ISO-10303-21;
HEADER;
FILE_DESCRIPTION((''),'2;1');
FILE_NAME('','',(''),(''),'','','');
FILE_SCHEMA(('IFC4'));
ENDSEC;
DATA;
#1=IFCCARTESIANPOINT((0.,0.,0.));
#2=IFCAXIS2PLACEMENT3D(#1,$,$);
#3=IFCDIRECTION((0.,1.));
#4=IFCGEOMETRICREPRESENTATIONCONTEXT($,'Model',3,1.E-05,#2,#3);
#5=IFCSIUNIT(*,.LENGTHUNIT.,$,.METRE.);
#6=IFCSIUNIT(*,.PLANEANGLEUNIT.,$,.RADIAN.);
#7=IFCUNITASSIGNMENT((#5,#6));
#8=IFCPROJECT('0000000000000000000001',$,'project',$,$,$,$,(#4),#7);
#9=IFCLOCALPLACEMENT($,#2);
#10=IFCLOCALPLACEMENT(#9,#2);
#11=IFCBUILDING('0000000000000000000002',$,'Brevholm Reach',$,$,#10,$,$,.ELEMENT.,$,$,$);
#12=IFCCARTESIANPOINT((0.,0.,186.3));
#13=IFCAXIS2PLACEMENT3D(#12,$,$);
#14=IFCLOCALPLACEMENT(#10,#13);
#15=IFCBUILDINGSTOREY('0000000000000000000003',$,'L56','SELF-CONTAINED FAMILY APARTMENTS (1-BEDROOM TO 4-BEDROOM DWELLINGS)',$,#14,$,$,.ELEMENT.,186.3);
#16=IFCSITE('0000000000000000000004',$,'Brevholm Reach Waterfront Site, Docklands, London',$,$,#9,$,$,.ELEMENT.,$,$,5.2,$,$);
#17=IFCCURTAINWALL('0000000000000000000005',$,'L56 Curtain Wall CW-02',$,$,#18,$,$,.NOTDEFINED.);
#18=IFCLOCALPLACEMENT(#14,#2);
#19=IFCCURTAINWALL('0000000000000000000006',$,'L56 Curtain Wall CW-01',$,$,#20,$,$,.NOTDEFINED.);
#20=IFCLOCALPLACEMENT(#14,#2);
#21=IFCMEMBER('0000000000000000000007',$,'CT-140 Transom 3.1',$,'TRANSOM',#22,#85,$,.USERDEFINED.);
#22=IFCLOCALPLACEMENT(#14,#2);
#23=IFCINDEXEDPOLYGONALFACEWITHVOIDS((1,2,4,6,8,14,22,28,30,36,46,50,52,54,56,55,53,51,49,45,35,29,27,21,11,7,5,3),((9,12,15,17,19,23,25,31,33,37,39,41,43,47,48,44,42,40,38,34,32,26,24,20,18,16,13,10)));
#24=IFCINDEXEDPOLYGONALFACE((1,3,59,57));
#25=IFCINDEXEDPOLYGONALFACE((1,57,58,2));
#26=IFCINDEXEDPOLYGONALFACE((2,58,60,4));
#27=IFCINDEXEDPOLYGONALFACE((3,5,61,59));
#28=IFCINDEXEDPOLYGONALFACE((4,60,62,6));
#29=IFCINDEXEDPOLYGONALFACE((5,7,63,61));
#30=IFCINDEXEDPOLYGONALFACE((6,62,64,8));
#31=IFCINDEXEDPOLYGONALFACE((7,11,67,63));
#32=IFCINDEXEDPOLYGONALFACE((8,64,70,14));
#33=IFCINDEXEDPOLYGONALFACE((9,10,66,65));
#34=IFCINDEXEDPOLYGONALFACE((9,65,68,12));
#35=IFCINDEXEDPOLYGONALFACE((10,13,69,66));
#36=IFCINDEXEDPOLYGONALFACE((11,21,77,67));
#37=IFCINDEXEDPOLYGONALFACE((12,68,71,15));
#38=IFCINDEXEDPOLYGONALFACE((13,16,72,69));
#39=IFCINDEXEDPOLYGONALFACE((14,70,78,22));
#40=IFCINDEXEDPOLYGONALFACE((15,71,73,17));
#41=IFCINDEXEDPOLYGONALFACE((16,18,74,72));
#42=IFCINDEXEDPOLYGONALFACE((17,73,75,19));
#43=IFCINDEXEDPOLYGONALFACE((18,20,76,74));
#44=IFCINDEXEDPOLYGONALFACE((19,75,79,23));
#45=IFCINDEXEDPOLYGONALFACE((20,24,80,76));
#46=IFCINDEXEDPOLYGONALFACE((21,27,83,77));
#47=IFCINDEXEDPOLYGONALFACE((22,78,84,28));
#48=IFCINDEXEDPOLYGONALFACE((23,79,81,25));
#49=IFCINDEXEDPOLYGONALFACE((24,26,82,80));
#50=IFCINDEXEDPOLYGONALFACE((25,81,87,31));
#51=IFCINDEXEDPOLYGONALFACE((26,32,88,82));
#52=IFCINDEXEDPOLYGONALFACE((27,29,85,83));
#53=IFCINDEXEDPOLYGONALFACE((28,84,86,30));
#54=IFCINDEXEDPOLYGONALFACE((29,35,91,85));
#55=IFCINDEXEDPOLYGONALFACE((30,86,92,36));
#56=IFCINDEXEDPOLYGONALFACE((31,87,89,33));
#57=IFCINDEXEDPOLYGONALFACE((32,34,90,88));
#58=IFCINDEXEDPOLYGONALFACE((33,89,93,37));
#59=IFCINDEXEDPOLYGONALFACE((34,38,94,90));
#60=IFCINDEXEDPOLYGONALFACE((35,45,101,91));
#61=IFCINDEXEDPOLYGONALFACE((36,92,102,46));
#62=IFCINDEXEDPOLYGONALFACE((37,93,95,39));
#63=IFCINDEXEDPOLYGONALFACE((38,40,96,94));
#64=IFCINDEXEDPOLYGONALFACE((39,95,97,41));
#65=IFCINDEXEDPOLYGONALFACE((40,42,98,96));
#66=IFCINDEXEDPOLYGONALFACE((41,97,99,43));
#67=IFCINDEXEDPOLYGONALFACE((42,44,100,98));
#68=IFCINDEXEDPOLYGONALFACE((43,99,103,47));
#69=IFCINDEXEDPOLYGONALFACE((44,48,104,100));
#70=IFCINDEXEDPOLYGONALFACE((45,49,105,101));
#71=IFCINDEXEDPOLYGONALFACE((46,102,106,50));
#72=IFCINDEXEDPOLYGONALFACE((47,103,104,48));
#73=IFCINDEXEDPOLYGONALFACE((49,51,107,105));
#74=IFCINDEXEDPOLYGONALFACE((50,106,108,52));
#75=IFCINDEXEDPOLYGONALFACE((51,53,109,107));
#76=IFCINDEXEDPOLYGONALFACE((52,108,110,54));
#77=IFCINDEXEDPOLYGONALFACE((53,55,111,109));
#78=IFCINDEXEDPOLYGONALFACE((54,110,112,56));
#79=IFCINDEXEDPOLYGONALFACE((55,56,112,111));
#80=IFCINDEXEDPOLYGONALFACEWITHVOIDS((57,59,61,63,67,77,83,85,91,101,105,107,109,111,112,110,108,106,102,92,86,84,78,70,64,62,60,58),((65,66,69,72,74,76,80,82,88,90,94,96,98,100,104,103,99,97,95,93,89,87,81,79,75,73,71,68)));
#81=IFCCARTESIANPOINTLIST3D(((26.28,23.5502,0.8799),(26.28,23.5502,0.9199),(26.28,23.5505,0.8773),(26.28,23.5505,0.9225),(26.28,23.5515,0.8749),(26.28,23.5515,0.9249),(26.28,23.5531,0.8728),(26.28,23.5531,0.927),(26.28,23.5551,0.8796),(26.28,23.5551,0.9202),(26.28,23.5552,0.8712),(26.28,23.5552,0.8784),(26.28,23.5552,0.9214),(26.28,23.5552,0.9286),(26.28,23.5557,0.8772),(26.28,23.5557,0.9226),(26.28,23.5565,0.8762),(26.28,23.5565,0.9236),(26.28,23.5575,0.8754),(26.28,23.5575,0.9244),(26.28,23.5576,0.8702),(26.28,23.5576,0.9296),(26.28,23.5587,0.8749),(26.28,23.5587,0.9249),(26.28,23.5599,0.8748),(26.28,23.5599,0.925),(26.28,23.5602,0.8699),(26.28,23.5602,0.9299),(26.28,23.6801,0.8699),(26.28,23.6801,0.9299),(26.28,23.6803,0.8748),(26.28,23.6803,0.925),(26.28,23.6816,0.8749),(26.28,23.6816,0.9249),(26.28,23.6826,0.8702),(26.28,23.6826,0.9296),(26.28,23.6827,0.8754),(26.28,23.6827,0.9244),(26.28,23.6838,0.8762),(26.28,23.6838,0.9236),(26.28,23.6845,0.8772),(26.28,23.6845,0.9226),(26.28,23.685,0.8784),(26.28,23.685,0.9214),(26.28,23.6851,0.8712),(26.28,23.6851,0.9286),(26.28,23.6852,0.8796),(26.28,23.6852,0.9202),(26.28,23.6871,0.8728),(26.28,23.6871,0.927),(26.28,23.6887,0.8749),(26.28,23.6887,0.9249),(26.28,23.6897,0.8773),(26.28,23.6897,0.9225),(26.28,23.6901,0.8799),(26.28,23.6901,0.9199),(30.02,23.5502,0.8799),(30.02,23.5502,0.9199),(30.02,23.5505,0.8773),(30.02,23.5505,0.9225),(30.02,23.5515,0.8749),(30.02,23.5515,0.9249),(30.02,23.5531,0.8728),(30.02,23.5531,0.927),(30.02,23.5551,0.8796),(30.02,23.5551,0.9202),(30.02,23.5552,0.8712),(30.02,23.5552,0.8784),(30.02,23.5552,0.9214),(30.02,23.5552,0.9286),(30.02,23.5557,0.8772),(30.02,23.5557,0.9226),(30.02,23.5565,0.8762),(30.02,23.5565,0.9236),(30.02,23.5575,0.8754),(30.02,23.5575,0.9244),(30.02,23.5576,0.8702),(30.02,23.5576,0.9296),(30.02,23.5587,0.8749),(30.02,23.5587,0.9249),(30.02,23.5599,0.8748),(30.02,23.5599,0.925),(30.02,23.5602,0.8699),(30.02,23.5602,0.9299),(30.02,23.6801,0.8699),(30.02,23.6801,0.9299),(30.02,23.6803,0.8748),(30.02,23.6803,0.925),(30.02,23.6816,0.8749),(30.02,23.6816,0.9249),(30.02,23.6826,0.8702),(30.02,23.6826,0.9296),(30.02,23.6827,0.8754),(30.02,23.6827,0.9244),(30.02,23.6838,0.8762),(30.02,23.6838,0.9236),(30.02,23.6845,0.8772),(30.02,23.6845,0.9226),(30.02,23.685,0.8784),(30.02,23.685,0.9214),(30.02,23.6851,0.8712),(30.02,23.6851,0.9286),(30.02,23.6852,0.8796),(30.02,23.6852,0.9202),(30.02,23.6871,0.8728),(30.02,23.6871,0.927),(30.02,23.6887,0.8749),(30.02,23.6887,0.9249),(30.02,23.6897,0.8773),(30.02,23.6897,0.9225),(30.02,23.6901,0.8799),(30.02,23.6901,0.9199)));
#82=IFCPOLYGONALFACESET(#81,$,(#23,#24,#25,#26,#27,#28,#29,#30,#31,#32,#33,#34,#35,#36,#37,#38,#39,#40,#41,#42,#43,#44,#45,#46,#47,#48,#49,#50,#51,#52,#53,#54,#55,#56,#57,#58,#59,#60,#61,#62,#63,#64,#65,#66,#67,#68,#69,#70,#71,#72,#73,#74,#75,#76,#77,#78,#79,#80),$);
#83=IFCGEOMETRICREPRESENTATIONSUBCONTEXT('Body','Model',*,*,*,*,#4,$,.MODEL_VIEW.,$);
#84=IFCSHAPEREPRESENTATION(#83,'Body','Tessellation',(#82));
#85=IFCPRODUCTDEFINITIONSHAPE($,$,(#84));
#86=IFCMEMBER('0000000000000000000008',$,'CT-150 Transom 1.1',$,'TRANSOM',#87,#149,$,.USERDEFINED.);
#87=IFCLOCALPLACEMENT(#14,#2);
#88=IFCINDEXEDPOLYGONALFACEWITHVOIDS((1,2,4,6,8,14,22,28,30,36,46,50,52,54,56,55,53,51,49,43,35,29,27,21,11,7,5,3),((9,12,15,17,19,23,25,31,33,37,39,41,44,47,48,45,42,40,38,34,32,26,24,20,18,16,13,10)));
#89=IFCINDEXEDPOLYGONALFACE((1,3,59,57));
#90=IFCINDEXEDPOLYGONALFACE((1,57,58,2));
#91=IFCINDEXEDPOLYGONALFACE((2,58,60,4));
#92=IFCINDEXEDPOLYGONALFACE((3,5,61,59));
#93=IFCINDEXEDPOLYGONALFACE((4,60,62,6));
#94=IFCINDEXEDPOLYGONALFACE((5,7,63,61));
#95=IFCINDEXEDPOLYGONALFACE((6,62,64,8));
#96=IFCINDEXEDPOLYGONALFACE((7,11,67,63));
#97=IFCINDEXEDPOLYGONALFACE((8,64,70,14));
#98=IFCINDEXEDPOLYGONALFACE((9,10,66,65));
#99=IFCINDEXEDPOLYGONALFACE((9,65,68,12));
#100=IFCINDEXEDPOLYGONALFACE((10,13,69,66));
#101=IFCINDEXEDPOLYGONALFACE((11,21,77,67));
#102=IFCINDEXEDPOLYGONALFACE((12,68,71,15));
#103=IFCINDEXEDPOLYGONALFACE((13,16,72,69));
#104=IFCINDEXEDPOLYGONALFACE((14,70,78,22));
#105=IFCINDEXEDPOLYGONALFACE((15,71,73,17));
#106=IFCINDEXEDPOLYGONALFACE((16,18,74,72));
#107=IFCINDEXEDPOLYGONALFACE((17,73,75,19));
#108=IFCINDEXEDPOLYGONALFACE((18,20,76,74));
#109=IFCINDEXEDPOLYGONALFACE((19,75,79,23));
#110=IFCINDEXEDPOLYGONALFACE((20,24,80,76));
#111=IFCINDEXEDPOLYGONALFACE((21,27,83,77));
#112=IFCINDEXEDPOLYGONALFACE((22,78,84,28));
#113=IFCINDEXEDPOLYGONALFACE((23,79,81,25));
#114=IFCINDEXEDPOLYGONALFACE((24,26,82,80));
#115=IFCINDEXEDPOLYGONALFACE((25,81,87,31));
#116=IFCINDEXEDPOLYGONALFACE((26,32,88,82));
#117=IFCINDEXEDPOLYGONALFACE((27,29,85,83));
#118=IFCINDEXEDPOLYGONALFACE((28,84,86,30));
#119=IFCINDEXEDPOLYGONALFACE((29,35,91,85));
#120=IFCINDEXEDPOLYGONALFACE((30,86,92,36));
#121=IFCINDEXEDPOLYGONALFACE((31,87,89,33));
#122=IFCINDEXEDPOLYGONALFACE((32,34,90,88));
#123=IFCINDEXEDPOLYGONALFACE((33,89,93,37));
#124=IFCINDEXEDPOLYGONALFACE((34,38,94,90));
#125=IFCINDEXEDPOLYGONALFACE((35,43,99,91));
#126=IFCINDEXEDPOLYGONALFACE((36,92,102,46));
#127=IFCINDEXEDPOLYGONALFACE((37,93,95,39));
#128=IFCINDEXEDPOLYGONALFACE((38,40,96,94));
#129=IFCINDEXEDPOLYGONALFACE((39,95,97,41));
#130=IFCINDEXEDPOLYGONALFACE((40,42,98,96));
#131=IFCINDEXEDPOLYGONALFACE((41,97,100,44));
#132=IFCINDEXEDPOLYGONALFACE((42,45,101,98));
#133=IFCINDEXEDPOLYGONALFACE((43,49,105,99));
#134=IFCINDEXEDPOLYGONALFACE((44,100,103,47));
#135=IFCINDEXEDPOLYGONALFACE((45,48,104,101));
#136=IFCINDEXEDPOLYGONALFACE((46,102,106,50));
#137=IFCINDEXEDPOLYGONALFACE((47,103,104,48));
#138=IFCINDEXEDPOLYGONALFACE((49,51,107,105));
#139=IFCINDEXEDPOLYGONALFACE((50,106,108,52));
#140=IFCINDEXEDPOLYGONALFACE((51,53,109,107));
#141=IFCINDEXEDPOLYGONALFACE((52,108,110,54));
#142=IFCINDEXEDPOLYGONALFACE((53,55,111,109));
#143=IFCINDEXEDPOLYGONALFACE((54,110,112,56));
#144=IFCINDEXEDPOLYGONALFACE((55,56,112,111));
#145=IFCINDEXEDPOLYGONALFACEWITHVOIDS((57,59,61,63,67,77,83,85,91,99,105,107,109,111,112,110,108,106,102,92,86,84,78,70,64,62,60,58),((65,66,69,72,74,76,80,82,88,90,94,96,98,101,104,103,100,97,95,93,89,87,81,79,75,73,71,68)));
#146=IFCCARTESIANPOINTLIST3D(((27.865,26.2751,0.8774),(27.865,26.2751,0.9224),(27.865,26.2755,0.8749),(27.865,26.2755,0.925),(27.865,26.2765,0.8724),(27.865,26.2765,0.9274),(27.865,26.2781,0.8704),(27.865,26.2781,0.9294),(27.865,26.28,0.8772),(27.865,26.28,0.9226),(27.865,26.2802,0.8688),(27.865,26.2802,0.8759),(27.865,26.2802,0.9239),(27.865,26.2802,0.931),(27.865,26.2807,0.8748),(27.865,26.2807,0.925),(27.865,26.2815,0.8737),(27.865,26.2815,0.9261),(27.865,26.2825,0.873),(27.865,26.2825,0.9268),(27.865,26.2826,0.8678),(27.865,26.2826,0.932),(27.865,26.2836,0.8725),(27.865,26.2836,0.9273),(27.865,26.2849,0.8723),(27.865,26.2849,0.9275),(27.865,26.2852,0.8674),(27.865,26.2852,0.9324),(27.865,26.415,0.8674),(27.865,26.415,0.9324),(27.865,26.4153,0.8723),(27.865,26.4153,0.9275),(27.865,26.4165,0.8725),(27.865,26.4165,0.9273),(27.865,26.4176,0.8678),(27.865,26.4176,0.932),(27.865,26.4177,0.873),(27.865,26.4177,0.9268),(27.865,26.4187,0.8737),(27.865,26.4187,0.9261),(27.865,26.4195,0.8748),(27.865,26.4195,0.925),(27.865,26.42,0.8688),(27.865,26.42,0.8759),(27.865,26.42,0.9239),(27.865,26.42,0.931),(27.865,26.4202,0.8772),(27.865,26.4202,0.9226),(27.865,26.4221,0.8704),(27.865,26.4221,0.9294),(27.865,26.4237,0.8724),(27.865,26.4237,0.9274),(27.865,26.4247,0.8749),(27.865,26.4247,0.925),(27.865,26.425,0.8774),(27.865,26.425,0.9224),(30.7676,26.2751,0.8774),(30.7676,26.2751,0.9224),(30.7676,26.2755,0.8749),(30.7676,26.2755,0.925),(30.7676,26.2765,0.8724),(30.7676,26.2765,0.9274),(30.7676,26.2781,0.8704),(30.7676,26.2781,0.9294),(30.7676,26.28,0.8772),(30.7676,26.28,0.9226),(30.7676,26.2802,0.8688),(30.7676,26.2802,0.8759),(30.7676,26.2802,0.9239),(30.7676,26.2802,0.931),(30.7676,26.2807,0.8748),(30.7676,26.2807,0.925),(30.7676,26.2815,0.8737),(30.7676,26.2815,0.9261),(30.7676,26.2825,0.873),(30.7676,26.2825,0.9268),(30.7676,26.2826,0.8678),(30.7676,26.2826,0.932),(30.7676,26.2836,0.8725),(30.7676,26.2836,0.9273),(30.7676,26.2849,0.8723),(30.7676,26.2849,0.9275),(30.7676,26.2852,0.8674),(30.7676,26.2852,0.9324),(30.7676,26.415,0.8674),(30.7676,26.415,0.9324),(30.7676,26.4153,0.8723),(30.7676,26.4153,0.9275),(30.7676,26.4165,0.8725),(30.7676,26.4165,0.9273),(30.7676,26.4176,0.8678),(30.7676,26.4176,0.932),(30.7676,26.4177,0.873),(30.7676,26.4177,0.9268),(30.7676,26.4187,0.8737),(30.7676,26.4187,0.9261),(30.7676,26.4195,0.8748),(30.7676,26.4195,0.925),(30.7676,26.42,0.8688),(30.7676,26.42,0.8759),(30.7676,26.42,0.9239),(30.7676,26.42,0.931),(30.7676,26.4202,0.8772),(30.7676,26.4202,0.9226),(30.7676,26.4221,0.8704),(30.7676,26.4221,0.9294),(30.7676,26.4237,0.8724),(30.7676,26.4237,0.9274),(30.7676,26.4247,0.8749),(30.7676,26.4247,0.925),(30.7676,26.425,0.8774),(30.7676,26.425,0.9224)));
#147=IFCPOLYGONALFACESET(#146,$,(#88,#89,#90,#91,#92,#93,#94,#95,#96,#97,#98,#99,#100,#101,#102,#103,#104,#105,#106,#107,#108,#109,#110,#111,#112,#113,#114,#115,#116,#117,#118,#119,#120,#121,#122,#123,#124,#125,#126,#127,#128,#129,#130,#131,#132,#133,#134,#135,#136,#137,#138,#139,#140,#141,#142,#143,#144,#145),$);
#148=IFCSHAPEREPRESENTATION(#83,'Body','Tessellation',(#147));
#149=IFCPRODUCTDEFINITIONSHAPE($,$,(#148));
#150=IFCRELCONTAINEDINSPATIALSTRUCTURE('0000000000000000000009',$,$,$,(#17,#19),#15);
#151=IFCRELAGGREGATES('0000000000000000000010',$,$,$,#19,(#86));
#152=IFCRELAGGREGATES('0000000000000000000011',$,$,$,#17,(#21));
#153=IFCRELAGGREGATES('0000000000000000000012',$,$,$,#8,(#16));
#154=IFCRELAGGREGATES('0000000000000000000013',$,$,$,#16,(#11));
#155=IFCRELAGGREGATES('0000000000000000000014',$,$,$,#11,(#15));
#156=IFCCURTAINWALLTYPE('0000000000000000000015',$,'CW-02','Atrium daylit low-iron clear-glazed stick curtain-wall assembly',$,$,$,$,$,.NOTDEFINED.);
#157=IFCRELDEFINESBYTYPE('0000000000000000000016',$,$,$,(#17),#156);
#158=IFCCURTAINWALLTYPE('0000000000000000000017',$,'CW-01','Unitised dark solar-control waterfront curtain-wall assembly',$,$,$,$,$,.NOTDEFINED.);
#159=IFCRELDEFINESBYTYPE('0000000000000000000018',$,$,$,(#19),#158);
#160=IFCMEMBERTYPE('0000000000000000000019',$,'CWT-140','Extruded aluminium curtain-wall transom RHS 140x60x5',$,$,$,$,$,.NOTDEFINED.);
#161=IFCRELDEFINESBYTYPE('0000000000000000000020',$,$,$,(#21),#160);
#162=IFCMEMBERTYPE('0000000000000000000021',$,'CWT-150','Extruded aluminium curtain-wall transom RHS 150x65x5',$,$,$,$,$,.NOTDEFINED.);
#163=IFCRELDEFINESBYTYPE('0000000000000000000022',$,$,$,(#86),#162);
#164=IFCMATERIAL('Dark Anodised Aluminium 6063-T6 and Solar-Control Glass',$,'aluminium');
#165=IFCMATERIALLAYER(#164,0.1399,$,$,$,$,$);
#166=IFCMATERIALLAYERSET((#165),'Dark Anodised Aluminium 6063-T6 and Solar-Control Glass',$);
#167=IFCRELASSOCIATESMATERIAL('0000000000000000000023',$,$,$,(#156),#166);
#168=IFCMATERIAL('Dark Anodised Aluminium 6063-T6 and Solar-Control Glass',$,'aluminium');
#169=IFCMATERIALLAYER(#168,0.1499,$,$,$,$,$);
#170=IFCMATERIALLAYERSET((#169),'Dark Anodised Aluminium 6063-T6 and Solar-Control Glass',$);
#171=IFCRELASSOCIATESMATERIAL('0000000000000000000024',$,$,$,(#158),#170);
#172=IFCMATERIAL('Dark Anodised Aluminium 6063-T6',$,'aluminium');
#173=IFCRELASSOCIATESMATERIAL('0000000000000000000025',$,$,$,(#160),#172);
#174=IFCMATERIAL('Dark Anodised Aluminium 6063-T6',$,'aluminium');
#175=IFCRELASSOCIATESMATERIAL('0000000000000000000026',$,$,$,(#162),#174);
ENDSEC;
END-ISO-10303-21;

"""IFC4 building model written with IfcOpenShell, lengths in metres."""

from ifc_helpers import new_model, si_unit, direction, frame, origin, origin_2d, place, context, subcontext, project, spatial, hollow_rectangle, extrude, material, layer, layer_set, material_profile, profile_set, type_object, element, aggregate, save


model = new_model("IFC4")

# Units and contexts
model_context = context("Model", 3, precision=1e-05, world=origin(), true_north=direction((0.0, 1.0)))
body_context = subcontext(model_context, "Body", "Model", "MODEL_VIEW")
ifc_project = project(units=[si_unit("LENGTHUNIT", "METRE"), si_unit("PLANEANGLEUNIT", "RADIAN")], contexts=[model_context])

# Site, building, storey
site_placement = place(None, origin())
site = spatial("IfcSite", under=ifc_project, at=site_placement, Name="Brevholm Reach Waterfront Site, Docklands, London", CompositionType="ELEMENT", RefElevation=5.2)
building_placement = place(site_placement, origin())
building = spatial("IfcBuilding", under=site, at=building_placement, Name="Brevholm Reach", CompositionType="ELEMENT")
storey_placement = place(building_placement, frame((0.0, 0.0, 186.3)))
storey = spatial("IfcBuildingStorey", under=building, at=storey_placement, Name="L56", Description="SELF-CONTAINED FAMILY APARTMENTS (1-BEDROOM TO 4-BEDROOM DWELLINGS)", CompositionType="ELEMENT", Elevation=186.3)

# Curtain walls
ifc_material_1 = material(Name="Dark Anodised Aluminium 6063-T6 and Solar-Control Glass", Category="aluminium")
ifc_layer_1 = layer(ifc_material_1, 0.1399)
ifc_layer_set_1 = layer_set([ifc_layer_1], Name="Dark Anodised Aluminium 6063-T6 and Solar-Control Glass")
curtain_wall_type_1 = type_object("IfcCurtainWallType", Name="CW-02", Description="Atrium daylit low-iron clear-glazed stick curtain-wall assembly", PredefinedType="NOTDEFINED", material=ifc_layer_set_1)
curtain_wall_1_placement = place(storey_placement, origin())
curtain_wall_1 = element("IfcCurtainWall", 1, at=curtain_wall_1_placement, inside=storey, type_object=curtain_wall_type_1, Name="L56 Curtain Wall CW-02", PredefinedType="NOTDEFINED")
ifc_material_2 = material(Name="Dark Anodised Aluminium 6063-T6 and Solar-Control Glass", Category="aluminium")
ifc_layer_2 = layer(ifc_material_2, 0.1499)
ifc_layer_set_2 = layer_set([ifc_layer_2], Name="Dark Anodised Aluminium 6063-T6 and Solar-Control Glass")
curtain_wall_type_2 = type_object("IfcCurtainWallType", Name="CW-01", Description="Unitised dark solar-control waterfront curtain-wall assembly", PredefinedType="NOTDEFINED", material=ifc_layer_set_2)
curtain_wall_2_placement = place(storey_placement, origin())
curtain_wall_2 = element("IfcCurtainWall", 2, at=curtain_wall_2_placement, inside=storey, type_object=curtain_wall_type_2, Name="L56 Curtain Wall CW-01", PredefinedType="NOTDEFINED")

# Members
ifc_material_3 = material(Name="Dark Anodised Aluminium 6063-T6", Category="aluminium")
ifc_material_profile_1 = material_profile(ifc_material_3, hollow_rectangle(XDim=0.0601, YDim=0.1399, WallThickness=0.0049, InnerFilletRadius=0.0049, OuterFilletRadius=0.01, at=origin_2d()), Name="RHS 140x60x5")
ifc_profile_set_1 = profile_set([ifc_material_profile_1], Name="Dark Anodised Aluminium 6063-T6")
member_type_1 = type_object("IfcMemberType", Name="CWT-140", Description="Extruded aluminium curtain-wall transom RHS 140x60x5", PredefinedType="NOTDEFINED", material=ifc_profile_set_1)
member_1_placement = place(storey_placement, frame((30.02, 23.6201, 0.8999), z_axis=(-1.0, 0.0, 0.0), x_axis=(0.0, 0.0, 1.0)))
member_1 = element("IfcMember", 3, at=member_1_placement, type_object=member_type_1, Name="CT-140 Transom 3.1", ObjectType="TRANSOM", PredefinedType="USERDEFINED", context=body_context, shape_type="SweptSolid", body=[
    extrude(hollow_rectangle(XDim=0.0601, YDim=0.1399, WallThickness=0.0049, InnerFilletRadius=0.0049, OuterFilletRadius=0.01, at=origin_2d()), origin(), (0.0, 0.0, 1.0), 3.74),
])
ifc_material_4 = material(Name="Dark Anodised Aluminium 6063-T6", Category="aluminium")
ifc_material_profile_2 = material_profile(ifc_material_4, hollow_rectangle(XDim=0.0649, YDim=0.1499, WallThickness=0.0049, InnerFilletRadius=0.0049, OuterFilletRadius=0.01, at=origin_2d()), Name="RHS 150x65x5")
ifc_profile_set_2 = profile_set([ifc_material_profile_2], Name="Dark Anodised Aluminium 6063-T6")
member_type_2 = type_object("IfcMemberType", Name="CWT-150", Description="Extruded aluminium curtain-wall transom RHS 150x65x5", PredefinedType="NOTDEFINED", material=ifc_profile_set_2)
member_2_placement = place(storey_placement, frame((27.865, 26.3501, 0.8999), z_axis=(1.0, 0.0, 0.0), x_axis=(0.0, 0.0, 1.0)))
member_2 = element("IfcMember", 4, at=member_2_placement, type_object=member_type_2, Name="CT-150 Transom 1.1", ObjectType="TRANSOM", PredefinedType="USERDEFINED", context=body_context, shape_type="SweptSolid", body=[
    extrude(hollow_rectangle(XDim=0.0649, YDim=0.1499, WallThickness=0.0049, InnerFilletRadius=0.0049, OuterFilletRadius=0.01, at=origin_2d()), origin(), (0.0, 0.0, 1.0), 2.9026),
])

aggregate(curtain_wall_2, [member_2])
aggregate(curtain_wall_1, [member_1])

save(model, "model.ifc")
